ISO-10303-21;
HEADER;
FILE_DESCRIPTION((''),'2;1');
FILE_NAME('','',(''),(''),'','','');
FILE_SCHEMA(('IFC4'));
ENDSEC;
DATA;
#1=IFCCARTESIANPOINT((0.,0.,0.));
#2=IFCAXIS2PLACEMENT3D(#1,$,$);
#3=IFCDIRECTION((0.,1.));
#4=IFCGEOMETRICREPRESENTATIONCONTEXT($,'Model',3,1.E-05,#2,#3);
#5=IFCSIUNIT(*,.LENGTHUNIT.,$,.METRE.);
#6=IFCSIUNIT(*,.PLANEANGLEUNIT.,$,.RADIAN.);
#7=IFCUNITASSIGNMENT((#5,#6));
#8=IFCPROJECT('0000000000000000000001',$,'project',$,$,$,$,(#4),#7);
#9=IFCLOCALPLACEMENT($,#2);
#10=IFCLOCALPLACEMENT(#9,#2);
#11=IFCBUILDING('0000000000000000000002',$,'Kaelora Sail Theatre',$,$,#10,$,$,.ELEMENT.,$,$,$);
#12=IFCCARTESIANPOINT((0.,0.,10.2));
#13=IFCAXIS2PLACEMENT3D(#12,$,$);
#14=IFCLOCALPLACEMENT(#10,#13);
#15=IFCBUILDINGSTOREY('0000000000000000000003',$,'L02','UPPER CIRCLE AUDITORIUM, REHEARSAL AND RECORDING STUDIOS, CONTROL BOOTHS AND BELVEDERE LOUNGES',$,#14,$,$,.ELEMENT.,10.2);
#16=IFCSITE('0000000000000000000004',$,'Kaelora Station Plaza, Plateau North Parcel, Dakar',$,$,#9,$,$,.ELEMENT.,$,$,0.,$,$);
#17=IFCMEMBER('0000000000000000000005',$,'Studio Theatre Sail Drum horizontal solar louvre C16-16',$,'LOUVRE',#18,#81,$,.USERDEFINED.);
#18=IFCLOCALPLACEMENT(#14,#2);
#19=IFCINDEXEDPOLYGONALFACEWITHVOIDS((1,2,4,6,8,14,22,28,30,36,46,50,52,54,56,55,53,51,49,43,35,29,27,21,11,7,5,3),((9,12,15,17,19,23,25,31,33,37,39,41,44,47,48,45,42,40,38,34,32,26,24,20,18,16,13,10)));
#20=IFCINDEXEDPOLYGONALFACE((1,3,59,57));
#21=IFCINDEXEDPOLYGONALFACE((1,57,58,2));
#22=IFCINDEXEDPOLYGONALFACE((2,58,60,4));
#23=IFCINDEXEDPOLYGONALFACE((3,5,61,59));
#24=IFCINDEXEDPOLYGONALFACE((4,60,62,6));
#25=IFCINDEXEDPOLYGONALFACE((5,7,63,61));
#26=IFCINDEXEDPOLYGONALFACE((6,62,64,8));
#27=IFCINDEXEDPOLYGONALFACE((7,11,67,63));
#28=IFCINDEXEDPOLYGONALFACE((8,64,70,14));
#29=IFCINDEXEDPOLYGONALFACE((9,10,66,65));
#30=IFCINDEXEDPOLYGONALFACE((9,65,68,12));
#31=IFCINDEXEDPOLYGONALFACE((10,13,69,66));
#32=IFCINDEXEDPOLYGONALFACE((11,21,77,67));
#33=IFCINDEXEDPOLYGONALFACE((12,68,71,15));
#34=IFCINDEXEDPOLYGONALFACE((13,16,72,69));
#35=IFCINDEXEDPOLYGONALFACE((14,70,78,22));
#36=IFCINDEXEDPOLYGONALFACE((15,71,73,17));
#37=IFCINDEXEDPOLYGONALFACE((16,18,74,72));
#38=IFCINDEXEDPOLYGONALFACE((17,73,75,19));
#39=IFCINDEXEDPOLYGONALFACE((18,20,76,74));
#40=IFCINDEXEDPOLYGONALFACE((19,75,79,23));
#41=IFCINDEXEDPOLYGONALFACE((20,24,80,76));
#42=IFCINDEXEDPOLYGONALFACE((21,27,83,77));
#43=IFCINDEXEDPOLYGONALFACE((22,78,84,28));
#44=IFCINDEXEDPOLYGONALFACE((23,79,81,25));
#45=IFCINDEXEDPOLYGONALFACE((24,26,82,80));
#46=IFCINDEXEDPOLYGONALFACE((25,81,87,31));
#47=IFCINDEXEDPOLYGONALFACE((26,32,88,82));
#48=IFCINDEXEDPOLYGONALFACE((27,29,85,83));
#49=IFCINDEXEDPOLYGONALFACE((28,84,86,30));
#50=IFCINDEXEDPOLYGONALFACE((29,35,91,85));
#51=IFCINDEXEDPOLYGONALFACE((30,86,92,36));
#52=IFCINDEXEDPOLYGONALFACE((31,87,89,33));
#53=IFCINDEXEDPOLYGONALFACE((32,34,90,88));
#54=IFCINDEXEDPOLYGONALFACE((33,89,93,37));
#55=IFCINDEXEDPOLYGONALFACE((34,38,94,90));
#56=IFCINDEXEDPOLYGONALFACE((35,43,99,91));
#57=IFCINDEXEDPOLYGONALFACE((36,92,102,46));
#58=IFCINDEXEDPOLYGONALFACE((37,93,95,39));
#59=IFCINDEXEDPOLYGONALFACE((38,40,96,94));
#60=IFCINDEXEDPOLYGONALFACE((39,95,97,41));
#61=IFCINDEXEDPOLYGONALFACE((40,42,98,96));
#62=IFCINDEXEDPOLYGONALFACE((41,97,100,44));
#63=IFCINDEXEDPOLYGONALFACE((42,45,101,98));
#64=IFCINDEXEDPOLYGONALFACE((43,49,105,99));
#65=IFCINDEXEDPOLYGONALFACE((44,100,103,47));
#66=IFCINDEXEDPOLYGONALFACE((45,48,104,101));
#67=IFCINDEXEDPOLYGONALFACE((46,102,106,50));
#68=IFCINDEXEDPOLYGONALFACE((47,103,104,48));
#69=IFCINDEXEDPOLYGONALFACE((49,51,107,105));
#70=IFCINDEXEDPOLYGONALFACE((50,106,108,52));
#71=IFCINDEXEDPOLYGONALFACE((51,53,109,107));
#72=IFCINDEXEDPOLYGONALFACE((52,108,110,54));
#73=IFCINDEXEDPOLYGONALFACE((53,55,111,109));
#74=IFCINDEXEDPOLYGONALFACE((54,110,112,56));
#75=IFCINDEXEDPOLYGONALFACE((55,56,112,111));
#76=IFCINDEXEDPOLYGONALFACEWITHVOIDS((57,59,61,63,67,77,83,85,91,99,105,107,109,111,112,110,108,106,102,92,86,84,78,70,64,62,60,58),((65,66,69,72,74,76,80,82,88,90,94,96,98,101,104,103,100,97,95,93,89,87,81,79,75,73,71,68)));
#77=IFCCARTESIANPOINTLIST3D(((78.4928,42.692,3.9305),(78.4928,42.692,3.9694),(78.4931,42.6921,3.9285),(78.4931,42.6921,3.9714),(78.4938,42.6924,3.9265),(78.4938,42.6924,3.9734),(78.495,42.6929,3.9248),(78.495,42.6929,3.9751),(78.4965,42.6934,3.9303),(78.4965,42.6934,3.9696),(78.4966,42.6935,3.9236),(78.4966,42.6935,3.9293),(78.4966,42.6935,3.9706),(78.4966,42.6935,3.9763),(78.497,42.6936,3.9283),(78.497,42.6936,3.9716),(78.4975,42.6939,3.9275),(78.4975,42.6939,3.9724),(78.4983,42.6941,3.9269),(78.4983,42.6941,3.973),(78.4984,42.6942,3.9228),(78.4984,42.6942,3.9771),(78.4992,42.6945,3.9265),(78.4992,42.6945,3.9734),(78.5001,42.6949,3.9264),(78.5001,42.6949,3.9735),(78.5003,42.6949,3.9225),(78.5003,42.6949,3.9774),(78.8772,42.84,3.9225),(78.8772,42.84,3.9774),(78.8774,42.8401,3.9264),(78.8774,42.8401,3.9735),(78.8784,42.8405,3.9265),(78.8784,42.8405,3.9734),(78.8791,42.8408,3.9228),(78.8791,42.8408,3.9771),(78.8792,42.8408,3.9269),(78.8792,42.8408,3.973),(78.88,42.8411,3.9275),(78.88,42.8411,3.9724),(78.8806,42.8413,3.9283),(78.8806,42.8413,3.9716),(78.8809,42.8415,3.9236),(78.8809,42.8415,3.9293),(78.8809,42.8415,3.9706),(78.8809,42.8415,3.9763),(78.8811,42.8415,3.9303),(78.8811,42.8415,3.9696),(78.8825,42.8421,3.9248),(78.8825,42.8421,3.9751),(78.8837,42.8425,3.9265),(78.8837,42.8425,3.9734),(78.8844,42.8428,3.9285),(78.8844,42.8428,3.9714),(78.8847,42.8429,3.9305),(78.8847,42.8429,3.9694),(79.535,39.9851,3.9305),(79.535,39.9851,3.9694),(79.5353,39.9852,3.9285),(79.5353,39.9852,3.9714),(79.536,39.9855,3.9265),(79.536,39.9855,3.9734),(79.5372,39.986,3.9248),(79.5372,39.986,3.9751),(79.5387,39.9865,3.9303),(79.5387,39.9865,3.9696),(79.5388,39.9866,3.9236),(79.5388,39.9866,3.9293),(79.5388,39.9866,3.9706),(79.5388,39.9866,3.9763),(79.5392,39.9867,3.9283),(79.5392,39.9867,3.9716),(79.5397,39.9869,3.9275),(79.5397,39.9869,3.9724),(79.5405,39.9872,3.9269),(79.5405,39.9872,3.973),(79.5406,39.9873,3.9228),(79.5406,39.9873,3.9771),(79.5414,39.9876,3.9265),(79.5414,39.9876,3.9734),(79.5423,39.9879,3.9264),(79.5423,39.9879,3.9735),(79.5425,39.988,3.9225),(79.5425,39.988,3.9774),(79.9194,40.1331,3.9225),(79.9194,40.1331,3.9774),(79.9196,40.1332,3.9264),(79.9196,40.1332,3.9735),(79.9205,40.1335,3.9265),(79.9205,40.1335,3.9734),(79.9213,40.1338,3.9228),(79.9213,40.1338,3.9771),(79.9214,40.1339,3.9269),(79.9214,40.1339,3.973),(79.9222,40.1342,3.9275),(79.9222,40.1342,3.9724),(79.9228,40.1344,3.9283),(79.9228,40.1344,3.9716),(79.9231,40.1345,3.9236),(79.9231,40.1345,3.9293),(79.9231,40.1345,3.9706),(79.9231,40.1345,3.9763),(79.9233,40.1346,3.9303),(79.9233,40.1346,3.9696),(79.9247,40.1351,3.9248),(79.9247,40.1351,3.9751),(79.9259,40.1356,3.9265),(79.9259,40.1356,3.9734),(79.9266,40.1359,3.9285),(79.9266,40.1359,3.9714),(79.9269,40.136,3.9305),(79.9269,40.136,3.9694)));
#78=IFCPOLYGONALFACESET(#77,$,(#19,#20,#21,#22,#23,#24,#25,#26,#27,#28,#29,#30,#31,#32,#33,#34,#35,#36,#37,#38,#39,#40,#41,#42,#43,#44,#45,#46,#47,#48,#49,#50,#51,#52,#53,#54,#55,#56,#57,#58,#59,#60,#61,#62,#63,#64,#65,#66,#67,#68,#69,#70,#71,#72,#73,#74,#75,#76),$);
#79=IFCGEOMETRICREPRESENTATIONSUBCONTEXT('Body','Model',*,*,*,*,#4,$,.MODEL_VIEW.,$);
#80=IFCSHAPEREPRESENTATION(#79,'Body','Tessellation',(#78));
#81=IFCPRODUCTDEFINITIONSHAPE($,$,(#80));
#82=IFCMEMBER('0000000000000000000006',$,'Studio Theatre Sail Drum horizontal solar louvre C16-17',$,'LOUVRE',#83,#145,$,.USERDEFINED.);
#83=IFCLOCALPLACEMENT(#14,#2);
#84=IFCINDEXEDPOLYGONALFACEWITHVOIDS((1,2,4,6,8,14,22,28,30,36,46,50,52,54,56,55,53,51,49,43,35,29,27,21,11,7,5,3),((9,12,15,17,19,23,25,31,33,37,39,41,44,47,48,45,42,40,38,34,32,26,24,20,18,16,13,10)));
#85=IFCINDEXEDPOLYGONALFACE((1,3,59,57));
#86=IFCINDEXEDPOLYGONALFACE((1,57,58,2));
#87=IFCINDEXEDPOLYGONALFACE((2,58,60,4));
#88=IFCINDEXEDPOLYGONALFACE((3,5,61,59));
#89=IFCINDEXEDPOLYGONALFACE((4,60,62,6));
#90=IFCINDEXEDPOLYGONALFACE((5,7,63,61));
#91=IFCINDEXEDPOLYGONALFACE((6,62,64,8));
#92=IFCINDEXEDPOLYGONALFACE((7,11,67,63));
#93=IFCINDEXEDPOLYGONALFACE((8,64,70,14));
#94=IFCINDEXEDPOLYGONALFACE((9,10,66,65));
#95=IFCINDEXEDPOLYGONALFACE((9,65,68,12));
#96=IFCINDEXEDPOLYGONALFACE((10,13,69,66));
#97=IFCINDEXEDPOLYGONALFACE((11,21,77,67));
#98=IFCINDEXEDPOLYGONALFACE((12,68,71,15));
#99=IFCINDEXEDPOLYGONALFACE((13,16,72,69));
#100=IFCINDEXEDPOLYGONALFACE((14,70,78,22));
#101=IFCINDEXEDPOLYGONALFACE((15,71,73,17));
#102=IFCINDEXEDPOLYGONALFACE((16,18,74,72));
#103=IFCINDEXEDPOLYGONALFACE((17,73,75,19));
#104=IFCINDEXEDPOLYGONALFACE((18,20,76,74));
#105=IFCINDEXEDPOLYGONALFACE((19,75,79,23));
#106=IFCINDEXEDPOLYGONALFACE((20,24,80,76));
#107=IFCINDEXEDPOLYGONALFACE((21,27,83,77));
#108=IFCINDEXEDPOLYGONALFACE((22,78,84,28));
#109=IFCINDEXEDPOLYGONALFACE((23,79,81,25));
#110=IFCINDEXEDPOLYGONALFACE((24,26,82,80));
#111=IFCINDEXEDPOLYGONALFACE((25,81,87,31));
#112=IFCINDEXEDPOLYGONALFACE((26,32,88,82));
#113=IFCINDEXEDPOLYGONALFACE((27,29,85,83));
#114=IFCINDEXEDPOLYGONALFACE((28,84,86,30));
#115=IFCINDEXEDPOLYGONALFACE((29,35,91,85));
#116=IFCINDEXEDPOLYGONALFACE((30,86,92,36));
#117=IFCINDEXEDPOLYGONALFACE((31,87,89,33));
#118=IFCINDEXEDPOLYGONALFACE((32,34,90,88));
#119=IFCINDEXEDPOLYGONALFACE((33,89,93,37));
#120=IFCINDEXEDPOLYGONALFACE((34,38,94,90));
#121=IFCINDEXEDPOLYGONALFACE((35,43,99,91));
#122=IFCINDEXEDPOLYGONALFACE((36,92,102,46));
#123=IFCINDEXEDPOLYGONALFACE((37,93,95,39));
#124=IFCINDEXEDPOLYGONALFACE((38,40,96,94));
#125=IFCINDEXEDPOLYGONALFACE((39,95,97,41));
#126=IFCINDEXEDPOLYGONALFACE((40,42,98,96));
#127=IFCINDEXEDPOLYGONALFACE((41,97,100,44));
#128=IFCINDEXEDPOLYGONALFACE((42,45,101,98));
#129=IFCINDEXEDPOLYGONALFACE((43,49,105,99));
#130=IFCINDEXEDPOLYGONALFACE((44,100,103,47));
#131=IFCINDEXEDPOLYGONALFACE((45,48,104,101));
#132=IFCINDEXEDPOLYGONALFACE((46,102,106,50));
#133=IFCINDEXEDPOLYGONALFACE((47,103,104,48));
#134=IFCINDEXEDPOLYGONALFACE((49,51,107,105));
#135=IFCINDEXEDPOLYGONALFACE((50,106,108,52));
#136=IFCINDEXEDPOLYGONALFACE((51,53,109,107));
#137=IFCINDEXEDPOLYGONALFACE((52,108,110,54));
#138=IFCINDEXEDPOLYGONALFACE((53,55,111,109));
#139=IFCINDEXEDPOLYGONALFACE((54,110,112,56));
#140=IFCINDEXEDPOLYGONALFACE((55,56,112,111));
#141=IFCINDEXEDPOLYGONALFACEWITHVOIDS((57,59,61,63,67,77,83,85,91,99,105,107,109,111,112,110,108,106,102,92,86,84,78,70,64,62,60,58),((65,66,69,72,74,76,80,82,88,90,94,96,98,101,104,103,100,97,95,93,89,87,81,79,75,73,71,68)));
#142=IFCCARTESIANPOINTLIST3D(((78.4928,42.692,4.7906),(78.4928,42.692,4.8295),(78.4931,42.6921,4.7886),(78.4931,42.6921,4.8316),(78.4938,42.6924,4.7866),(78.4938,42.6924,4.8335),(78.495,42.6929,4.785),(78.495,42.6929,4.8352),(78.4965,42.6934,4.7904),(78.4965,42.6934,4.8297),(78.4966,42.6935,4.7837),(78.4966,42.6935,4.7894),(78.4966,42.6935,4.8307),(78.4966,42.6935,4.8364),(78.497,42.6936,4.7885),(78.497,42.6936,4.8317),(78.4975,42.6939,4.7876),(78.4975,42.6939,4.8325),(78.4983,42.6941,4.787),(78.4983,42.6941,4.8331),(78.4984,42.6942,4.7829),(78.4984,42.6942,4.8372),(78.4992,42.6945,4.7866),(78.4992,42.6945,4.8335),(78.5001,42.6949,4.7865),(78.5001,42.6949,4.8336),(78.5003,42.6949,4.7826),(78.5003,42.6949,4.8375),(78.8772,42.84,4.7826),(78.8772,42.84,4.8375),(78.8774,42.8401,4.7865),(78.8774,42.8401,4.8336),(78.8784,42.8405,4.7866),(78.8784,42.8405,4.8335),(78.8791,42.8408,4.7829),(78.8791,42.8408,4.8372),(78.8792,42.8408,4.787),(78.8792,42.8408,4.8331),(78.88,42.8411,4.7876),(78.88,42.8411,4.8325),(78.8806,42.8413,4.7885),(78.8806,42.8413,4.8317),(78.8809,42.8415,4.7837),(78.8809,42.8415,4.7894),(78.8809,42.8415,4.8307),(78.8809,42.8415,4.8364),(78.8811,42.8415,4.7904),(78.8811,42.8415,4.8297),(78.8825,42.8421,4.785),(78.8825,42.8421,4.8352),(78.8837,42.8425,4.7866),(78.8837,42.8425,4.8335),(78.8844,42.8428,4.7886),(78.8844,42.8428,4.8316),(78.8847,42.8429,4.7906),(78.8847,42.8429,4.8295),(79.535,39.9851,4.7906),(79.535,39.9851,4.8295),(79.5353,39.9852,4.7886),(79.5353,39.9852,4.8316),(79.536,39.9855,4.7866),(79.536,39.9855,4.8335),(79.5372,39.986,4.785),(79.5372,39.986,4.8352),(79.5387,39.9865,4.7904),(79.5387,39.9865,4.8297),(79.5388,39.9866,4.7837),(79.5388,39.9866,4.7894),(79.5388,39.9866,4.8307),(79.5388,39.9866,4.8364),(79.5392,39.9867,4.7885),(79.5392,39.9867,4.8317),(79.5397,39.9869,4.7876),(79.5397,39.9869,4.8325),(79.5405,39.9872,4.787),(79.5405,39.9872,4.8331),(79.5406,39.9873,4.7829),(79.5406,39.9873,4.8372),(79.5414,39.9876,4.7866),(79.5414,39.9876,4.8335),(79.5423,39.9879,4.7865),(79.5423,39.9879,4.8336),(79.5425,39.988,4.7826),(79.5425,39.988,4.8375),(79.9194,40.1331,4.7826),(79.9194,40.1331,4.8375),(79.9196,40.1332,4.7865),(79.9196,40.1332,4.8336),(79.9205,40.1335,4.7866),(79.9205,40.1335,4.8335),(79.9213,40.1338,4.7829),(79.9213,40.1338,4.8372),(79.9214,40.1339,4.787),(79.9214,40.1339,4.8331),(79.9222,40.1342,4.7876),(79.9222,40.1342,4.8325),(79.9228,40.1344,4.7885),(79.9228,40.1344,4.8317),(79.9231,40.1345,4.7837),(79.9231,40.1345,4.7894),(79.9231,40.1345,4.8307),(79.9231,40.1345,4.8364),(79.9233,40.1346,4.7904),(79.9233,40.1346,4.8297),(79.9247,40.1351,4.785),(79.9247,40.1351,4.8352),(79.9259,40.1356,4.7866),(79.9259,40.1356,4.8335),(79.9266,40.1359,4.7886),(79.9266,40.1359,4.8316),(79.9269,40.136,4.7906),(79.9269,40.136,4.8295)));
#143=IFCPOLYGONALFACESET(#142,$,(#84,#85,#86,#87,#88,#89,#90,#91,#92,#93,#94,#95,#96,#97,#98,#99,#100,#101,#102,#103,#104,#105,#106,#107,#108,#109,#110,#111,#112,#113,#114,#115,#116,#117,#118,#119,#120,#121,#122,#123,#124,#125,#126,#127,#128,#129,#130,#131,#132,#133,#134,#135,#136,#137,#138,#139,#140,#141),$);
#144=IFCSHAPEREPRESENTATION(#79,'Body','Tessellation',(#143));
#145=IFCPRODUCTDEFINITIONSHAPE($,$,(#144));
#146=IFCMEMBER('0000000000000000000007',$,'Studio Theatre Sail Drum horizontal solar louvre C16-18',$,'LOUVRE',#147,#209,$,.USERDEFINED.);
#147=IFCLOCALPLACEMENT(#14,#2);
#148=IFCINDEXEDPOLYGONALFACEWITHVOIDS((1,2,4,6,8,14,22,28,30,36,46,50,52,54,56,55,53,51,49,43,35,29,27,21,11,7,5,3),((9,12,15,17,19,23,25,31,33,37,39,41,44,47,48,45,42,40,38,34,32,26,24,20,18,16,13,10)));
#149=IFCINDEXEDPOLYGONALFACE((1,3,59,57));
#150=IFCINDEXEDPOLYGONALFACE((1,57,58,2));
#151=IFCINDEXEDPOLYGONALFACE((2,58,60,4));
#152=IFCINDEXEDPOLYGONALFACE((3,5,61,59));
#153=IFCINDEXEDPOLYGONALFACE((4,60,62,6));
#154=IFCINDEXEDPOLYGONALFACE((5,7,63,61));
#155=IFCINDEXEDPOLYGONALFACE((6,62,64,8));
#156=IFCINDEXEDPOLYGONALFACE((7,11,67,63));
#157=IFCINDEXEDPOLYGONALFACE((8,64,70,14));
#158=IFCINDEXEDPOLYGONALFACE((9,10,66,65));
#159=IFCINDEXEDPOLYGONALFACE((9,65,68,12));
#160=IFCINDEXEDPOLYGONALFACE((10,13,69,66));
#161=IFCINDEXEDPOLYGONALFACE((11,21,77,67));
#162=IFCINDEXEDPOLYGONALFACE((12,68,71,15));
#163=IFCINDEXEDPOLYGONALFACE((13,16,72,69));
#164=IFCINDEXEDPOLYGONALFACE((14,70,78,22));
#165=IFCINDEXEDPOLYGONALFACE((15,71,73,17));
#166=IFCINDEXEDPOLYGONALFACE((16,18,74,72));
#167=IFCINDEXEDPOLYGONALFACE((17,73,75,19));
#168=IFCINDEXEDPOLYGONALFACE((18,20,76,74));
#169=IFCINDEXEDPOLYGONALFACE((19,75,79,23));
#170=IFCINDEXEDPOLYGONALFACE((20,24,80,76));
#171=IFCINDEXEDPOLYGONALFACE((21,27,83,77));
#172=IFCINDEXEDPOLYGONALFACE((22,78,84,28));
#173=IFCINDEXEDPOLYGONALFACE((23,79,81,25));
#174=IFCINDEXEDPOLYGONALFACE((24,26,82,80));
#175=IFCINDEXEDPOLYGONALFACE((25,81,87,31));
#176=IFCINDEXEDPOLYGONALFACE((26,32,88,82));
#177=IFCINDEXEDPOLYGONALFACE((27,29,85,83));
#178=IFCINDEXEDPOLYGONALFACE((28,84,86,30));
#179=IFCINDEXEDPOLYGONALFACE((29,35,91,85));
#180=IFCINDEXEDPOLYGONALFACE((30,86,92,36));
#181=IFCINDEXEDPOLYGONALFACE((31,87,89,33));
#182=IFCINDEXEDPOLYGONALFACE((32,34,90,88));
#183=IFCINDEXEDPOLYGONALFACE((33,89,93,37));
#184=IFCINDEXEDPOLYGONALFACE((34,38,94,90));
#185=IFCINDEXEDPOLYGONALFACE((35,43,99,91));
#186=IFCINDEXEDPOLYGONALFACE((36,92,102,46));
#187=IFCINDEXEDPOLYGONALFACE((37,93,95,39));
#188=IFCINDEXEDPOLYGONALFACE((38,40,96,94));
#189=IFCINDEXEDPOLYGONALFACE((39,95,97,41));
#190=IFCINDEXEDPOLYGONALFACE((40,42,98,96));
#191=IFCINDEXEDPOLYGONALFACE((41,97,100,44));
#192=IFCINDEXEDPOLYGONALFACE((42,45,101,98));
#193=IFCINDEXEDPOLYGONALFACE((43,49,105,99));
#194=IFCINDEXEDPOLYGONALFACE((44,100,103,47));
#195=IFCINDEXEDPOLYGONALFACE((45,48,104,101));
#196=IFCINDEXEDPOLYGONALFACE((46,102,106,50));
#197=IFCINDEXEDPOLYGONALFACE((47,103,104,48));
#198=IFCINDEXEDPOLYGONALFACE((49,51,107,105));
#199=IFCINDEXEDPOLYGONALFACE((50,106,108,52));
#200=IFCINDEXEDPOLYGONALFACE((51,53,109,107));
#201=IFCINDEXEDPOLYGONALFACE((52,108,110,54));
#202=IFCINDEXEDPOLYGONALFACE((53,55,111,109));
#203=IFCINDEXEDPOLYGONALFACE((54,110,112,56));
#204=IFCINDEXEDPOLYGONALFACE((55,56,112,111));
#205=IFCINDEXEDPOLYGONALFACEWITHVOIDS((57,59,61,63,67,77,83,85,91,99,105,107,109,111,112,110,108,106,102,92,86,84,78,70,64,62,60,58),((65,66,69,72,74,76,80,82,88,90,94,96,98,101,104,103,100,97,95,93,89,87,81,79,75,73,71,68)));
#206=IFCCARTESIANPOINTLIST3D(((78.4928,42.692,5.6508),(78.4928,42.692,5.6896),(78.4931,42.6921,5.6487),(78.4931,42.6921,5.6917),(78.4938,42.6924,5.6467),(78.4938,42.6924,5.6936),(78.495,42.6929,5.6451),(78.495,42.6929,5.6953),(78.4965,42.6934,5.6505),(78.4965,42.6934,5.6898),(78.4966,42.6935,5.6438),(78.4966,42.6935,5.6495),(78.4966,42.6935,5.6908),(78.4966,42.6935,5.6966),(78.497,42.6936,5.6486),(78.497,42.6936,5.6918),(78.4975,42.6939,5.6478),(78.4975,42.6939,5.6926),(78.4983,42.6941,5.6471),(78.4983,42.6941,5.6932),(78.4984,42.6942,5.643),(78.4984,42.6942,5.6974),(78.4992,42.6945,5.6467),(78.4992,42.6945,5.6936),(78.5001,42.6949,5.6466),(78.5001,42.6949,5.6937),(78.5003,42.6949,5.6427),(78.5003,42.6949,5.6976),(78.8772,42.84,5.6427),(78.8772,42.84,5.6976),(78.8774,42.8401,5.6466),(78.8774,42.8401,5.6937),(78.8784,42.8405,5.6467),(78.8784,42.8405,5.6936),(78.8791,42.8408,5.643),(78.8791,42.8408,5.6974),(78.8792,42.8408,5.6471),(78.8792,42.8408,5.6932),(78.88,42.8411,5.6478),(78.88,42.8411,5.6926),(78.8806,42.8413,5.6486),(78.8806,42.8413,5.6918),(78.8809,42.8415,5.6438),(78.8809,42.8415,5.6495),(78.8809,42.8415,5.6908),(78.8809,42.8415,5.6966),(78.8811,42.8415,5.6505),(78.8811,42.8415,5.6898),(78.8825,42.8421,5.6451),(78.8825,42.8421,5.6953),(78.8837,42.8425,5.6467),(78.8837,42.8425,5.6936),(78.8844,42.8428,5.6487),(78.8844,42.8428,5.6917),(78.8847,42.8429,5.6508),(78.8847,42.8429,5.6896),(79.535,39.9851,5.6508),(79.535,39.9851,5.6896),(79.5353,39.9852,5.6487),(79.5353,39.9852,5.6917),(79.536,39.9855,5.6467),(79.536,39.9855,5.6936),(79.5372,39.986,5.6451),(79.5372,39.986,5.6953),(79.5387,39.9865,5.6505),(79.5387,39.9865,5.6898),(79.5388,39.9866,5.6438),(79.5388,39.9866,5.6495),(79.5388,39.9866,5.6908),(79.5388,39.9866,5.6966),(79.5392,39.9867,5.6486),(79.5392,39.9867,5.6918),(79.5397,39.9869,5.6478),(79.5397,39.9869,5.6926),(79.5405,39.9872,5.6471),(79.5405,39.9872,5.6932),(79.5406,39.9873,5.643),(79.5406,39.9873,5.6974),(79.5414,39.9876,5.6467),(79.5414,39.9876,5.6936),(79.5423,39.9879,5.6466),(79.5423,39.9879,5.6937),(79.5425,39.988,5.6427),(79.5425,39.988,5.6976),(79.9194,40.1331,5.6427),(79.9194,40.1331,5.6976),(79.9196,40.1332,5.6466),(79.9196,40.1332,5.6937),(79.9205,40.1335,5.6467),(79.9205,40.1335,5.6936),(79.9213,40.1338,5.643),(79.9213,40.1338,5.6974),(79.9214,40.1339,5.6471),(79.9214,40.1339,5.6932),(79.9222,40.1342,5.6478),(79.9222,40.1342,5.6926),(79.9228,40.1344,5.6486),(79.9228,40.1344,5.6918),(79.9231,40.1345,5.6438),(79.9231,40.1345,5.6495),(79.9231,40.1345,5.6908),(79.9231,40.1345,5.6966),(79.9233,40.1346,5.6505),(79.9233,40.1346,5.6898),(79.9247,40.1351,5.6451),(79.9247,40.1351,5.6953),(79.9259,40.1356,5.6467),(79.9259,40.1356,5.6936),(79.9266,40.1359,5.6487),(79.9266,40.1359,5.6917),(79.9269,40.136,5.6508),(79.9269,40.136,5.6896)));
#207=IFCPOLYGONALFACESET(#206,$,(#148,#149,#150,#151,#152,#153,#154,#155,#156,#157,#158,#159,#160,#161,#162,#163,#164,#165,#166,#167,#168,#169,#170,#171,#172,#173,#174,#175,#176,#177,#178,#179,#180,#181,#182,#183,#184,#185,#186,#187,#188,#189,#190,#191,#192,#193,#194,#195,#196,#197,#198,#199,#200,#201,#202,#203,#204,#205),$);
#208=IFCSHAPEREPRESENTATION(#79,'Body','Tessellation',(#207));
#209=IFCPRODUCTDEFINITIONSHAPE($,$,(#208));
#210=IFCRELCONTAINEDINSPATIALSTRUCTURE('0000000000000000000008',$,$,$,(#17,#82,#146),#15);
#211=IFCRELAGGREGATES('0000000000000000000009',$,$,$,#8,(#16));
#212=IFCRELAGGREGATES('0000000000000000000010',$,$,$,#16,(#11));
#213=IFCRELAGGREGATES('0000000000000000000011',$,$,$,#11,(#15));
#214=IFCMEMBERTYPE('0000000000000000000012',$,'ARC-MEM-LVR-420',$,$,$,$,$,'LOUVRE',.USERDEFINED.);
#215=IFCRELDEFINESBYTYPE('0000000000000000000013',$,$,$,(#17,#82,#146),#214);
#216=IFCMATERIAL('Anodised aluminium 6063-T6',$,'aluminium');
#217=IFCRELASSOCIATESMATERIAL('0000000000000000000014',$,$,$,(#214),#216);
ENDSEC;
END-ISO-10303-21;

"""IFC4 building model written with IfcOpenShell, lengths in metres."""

from ifc_helpers import new_model, si_unit, direction, frame, origin, origin_2d, place, context, subcontext, project, spatial, hollow_rectangle, extrude, material, material_profile, profile_set, type_object, element, save


model = new_model("IFC4")

# Units and contexts
model_context = context("Model", 3, precision=1e-05, world=origin(), true_north=direction((0.0, 1.0)))
body_context = subcontext(model_context, "Body", "Model", "MODEL_VIEW")
ifc_project = project(units=[si_unit("LENGTHUNIT", "METRE"), si_unit("PLANEANGLEUNIT", "RADIAN")], contexts=[model_context])

# Site, building, storey
site_placement = place(None, origin())
site = spatial("IfcSite", under=ifc_project, at=site_placement, Name="Kaelora Station Plaza, Plateau North Parcel, Dakar", CompositionType="ELEMENT", RefElevation=0.0)
building_placement = place(site_placement, origin())
building = spatial("IfcBuilding", under=site, at=building_placement, Name="Kaelora Sail Theatre", CompositionType="ELEMENT")
storey_placement = place(building_placement, frame((0.0, 0.0, 10.2)))
storey = spatial("IfcBuildingStorey", under=building, at=storey_placement, Name="L02", Description="UPPER CIRCLE AUDITORIUM, REHEARSAL AND RECORDING STUDIOS, CONTROL BOOTHS AND BELVEDERE LOUNGES", CompositionType="ELEMENT", Elevation=10.2)

# Members
ifc_material_1 = material(Name="Anodised aluminium 6063-T6", Category="aluminium")
ifc_material_profile_1 = material_profile(ifc_material_1, hollow_rectangle(XDim=0.4199, YDim=0.0549, WallThickness=0.0039, InnerFilletRadius=0.0039, OuterFilletRadius=0.0081, at=origin_2d()), Name="LOUVRE 420x55x4")
ifc_profile_set_1 = profile_set([ifc_material_profile_1], Name="Anodised aluminium 6063-T6")
member_type = type_object("IfcMemberType", Name="ARC-MEM-LVR-420", ElementType="LOUVRE", PredefinedType="USERDEFINED", material=ifc_profile_set_1)
for number, where, z_axis, x_axis, name in (
    (1, (79.731, 40.0605, 3.95), (-0.359301, 0.933222, 0.0), (-0.933222, -0.359301, 0.0), "Studio Theatre Sail Drum horizontal solar louvre C16-16"),
    (2, (79.731, 40.0605, 4.8101), (-0.359301, 0.933222, 0.0), (-0.933222, -0.359301, 0.0), "Studio Theatre Sail Drum horizontal solar louvre C16-17"),
    (3, (79.731, 40.0605, 5.6702), (-0.359301, 0.933222, 0.0), (-0.933222, -0.359301, 0.0), "Studio Theatre Sail Drum horizontal solar louvre C16-18"),
):
    element("IfcMember", number, at=place(storey_placement, frame(where, z_axis=z_axis, x_axis=x_axis)), inside=storey, type_object=member_type, Name=name, ObjectType="LOUVRE", PredefinedType="USERDEFINED", context=body_context, shape_type="SweptSolid", body=[
        extrude(hollow_rectangle(XDim=0.4199, YDim=0.0549, WallThickness=0.0039, InnerFilletRadius=0.0039, OuterFilletRadius=0.0081, at=origin_2d()), origin(), (0.0, 0.0, 1.0), 2.9006),
    ])

save(model, "model.ifc")
